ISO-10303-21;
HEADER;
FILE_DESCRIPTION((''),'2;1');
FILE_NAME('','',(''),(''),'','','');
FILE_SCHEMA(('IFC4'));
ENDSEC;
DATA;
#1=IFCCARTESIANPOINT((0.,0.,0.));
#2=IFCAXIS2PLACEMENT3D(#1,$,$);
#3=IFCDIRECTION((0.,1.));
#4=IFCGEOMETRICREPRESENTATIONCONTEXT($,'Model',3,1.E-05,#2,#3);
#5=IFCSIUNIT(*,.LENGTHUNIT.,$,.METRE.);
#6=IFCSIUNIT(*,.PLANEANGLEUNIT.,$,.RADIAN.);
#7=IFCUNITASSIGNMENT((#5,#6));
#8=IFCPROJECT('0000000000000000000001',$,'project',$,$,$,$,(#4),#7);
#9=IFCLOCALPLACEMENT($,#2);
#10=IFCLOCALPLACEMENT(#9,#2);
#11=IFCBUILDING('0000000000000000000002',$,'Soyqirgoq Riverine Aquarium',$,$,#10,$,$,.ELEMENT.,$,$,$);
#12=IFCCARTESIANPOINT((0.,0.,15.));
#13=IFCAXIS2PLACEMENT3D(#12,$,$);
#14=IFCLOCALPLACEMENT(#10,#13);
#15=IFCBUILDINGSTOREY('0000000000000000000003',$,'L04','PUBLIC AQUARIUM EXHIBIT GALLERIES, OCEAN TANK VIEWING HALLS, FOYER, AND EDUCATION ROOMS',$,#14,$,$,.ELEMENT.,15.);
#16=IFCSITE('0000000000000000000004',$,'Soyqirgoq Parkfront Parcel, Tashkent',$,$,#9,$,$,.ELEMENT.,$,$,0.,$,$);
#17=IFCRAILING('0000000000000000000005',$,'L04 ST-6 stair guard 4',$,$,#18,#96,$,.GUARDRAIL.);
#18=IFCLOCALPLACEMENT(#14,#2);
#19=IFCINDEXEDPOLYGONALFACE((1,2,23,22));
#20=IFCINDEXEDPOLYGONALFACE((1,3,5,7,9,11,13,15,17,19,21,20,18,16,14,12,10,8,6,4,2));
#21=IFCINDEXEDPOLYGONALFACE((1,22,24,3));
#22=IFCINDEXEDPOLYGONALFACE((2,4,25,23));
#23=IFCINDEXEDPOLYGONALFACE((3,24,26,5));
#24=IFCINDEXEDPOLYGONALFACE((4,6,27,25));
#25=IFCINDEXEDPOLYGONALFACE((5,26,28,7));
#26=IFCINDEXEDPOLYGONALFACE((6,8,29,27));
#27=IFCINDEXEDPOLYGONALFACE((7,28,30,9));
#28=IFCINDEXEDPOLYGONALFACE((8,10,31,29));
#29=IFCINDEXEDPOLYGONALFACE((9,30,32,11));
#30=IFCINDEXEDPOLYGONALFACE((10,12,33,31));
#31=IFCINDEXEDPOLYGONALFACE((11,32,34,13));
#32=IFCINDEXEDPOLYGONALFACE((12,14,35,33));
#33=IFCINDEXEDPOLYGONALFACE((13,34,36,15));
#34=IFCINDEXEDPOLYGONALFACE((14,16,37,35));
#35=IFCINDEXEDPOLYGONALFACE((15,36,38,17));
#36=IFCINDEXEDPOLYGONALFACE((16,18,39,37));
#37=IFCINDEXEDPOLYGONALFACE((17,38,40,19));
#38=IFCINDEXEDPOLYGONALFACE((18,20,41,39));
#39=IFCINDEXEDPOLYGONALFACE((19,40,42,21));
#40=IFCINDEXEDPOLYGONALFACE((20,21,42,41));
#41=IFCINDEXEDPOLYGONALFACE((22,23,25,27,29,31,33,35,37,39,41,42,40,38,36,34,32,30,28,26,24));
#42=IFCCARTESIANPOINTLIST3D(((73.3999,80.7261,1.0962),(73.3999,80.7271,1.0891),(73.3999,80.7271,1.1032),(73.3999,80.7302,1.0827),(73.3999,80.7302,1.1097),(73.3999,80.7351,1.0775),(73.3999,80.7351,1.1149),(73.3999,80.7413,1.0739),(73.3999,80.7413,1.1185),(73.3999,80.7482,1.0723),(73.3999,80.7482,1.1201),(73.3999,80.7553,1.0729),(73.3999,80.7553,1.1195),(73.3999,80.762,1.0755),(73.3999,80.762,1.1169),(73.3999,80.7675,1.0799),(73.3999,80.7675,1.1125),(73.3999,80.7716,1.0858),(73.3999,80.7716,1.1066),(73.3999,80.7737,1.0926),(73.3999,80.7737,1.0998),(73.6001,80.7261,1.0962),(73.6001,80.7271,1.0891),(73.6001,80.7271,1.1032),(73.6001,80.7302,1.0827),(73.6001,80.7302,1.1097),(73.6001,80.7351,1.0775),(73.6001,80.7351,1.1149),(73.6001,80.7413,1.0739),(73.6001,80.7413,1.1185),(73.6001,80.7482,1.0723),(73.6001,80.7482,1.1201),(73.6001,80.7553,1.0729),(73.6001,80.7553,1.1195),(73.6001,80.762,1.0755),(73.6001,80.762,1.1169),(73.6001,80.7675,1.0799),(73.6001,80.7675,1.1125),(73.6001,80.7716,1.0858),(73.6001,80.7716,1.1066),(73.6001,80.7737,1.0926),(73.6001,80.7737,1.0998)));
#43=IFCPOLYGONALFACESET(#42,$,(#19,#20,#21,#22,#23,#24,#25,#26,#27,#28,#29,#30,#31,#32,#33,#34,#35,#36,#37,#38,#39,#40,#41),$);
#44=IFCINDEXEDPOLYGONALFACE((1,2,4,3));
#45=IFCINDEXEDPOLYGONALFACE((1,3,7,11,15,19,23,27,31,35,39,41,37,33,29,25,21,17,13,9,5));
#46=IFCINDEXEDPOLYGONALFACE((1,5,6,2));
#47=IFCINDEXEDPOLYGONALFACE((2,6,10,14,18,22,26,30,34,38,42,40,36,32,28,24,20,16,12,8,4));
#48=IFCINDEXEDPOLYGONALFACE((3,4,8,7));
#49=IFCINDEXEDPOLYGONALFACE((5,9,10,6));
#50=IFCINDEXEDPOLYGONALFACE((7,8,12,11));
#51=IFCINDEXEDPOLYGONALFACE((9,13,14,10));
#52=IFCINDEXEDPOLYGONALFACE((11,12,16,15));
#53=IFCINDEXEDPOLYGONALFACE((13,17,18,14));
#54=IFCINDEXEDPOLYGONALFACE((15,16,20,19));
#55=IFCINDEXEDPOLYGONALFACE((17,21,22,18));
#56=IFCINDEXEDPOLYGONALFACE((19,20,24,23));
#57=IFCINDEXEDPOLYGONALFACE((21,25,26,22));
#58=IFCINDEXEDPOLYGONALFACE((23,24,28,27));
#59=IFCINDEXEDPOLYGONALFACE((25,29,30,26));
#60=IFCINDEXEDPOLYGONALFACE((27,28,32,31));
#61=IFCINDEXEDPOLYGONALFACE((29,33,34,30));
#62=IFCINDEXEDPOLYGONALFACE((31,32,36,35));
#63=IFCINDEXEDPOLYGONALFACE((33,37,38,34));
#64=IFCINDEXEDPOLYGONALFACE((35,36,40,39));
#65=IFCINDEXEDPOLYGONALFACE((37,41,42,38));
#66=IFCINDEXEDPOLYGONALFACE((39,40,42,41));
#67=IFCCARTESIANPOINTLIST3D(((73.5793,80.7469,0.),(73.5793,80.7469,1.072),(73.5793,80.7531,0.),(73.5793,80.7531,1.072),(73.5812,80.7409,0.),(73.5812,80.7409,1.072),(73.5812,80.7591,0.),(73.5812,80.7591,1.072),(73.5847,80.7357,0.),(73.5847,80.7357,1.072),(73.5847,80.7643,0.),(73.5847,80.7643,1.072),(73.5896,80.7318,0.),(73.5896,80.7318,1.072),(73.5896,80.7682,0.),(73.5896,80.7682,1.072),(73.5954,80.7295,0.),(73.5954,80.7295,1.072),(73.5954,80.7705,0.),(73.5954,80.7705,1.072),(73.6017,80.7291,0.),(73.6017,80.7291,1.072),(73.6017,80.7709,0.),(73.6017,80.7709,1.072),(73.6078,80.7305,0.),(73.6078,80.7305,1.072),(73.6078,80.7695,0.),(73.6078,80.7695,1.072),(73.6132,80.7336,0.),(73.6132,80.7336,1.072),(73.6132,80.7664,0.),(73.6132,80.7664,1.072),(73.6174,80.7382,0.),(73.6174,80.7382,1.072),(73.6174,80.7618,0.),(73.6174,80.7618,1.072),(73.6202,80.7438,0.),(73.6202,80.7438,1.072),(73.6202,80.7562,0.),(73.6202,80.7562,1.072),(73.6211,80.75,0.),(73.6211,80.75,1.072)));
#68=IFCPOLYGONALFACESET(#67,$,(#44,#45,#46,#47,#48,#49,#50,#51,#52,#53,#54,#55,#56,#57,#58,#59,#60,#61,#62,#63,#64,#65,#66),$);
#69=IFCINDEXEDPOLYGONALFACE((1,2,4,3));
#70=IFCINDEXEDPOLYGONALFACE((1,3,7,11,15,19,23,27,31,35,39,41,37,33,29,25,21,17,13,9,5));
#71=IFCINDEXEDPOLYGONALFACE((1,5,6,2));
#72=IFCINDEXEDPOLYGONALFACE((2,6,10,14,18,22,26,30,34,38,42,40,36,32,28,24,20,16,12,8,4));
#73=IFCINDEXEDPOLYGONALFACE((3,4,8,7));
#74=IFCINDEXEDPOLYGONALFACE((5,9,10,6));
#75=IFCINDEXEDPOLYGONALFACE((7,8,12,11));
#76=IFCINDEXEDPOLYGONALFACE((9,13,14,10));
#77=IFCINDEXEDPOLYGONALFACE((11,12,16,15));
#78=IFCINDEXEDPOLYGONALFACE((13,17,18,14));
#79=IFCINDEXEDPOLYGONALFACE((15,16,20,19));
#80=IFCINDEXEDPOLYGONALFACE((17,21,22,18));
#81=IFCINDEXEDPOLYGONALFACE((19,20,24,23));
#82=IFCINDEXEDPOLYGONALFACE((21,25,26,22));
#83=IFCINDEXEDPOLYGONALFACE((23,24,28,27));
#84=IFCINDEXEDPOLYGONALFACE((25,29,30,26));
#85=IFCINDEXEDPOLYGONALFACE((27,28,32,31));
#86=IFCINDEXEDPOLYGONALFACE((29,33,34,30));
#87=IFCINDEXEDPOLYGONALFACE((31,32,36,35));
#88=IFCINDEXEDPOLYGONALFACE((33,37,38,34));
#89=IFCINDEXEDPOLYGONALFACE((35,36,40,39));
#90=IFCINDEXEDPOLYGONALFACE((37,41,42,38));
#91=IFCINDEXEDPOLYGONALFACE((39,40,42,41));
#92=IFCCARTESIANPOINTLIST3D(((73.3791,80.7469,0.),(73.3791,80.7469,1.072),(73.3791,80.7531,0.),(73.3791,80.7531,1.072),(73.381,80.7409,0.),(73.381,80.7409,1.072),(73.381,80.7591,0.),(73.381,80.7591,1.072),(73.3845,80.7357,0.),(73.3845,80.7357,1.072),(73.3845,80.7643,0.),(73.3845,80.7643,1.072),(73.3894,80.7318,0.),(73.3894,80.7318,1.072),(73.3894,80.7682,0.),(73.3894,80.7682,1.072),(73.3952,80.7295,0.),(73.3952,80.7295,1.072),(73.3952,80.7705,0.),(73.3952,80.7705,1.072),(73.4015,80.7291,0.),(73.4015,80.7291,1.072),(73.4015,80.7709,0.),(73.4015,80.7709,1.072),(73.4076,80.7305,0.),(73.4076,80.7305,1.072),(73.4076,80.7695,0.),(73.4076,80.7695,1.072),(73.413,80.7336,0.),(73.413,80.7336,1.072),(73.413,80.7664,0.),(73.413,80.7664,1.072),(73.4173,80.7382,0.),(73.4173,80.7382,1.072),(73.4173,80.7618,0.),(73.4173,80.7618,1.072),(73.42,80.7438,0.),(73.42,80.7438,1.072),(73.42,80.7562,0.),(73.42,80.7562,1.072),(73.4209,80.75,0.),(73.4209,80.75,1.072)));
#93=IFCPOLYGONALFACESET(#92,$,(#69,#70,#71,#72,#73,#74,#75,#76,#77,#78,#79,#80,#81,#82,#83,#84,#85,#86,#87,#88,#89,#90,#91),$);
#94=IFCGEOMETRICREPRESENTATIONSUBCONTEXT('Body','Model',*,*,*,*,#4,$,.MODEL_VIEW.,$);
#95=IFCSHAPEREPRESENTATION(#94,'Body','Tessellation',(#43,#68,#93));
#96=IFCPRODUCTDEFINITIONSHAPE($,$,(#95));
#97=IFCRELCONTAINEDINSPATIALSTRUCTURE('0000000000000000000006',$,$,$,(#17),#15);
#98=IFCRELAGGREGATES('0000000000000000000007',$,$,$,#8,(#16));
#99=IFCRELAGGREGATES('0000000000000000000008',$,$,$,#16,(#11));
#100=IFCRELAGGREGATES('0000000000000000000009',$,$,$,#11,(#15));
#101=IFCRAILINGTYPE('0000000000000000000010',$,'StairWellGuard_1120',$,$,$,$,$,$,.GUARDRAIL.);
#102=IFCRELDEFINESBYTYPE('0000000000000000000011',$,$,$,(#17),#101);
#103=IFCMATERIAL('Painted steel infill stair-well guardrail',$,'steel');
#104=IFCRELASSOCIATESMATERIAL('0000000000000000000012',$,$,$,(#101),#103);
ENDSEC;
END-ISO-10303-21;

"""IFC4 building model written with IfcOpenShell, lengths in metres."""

from ifc_helpers import new_model, si_unit, direction, frame, origin, origin_2d, place, context, subcontext, project, spatial, circle, extrude, material, type_object, element, save


model = new_model("IFC4")

# Units and contexts
model_context = context("Model", 3, precision=1e-05, world=origin(), true_north=direction((0.0, 1.0)))
body_context = subcontext(model_context, "Body", "Model", "MODEL_VIEW")
ifc_project = project(units=[si_unit("LENGTHUNIT", "METRE"), si_unit("PLANEANGLEUNIT", "RADIAN")], contexts=[model_context])

# Site, building, storey
site_placement = place(None, origin())
site = spatial("IfcSite", under=ifc_project, at=site_placement, Name="Soyqirgoq Parkfront Parcel, Tashkent", CompositionType="ELEMENT", RefElevation=0.0)
building_placement = place(site_placement, origin())
building = spatial("IfcBuilding", under=site, at=building_placement, Name="Soyqirgoq Riverine Aquarium", CompositionType="ELEMENT")
storey_placement = place(building_placement, frame((0.0, 0.0, 15.0)))
storey = spatial("IfcBuildingStorey", under=building, at=storey_placement, Name="L04", Description="PUBLIC AQUARIUM EXHIBIT GALLERIES, OCEAN TANK VIEWING HALLS, FOYER, AND EDUCATION ROOMS", CompositionType="ELEMENT", Elevation=15.0)

# Railing
ifc_material_1 = material(Name="Painted steel infill stair-well guardrail", Category="steel")
railing_type_1 = type_object("IfcRailingType", Name="StairWellGuard_1120", PredefinedType="GUARDRAIL", material=ifc_material_1)
railing_1_placement = place(storey_placement, frame((73.6001, 80.75, 0.0)))
element("IfcRailing", 1, at=railing_1_placement, inside=storey, type_object=railing_type_1, Name="L04 ST-6 stair guard 4", PredefinedType="GUARDRAIL", context=body_context, shape_type="SweptSolid", body=[
    extrude(circle(Radius=0.0239, at=origin_2d()), frame((0.0, 0.0, 1.0962), z_axis=(-1.0, 0.0, 0.0), x_axis=(0.0, -1.0, 0.0)), (0.0, 0.0, 1.0), 0.2002),
    extrude(circle(Radius=0.021, at=origin_2d()), origin(), (0.0, 0.0, 1.0), 1.072),
    extrude(circle(Radius=0.021, at=origin_2d()), frame((-0.2002, 0.0, 0.0)), (0.0, 0.0, 1.0), 1.072),
])

save(model, "model.ifc")
